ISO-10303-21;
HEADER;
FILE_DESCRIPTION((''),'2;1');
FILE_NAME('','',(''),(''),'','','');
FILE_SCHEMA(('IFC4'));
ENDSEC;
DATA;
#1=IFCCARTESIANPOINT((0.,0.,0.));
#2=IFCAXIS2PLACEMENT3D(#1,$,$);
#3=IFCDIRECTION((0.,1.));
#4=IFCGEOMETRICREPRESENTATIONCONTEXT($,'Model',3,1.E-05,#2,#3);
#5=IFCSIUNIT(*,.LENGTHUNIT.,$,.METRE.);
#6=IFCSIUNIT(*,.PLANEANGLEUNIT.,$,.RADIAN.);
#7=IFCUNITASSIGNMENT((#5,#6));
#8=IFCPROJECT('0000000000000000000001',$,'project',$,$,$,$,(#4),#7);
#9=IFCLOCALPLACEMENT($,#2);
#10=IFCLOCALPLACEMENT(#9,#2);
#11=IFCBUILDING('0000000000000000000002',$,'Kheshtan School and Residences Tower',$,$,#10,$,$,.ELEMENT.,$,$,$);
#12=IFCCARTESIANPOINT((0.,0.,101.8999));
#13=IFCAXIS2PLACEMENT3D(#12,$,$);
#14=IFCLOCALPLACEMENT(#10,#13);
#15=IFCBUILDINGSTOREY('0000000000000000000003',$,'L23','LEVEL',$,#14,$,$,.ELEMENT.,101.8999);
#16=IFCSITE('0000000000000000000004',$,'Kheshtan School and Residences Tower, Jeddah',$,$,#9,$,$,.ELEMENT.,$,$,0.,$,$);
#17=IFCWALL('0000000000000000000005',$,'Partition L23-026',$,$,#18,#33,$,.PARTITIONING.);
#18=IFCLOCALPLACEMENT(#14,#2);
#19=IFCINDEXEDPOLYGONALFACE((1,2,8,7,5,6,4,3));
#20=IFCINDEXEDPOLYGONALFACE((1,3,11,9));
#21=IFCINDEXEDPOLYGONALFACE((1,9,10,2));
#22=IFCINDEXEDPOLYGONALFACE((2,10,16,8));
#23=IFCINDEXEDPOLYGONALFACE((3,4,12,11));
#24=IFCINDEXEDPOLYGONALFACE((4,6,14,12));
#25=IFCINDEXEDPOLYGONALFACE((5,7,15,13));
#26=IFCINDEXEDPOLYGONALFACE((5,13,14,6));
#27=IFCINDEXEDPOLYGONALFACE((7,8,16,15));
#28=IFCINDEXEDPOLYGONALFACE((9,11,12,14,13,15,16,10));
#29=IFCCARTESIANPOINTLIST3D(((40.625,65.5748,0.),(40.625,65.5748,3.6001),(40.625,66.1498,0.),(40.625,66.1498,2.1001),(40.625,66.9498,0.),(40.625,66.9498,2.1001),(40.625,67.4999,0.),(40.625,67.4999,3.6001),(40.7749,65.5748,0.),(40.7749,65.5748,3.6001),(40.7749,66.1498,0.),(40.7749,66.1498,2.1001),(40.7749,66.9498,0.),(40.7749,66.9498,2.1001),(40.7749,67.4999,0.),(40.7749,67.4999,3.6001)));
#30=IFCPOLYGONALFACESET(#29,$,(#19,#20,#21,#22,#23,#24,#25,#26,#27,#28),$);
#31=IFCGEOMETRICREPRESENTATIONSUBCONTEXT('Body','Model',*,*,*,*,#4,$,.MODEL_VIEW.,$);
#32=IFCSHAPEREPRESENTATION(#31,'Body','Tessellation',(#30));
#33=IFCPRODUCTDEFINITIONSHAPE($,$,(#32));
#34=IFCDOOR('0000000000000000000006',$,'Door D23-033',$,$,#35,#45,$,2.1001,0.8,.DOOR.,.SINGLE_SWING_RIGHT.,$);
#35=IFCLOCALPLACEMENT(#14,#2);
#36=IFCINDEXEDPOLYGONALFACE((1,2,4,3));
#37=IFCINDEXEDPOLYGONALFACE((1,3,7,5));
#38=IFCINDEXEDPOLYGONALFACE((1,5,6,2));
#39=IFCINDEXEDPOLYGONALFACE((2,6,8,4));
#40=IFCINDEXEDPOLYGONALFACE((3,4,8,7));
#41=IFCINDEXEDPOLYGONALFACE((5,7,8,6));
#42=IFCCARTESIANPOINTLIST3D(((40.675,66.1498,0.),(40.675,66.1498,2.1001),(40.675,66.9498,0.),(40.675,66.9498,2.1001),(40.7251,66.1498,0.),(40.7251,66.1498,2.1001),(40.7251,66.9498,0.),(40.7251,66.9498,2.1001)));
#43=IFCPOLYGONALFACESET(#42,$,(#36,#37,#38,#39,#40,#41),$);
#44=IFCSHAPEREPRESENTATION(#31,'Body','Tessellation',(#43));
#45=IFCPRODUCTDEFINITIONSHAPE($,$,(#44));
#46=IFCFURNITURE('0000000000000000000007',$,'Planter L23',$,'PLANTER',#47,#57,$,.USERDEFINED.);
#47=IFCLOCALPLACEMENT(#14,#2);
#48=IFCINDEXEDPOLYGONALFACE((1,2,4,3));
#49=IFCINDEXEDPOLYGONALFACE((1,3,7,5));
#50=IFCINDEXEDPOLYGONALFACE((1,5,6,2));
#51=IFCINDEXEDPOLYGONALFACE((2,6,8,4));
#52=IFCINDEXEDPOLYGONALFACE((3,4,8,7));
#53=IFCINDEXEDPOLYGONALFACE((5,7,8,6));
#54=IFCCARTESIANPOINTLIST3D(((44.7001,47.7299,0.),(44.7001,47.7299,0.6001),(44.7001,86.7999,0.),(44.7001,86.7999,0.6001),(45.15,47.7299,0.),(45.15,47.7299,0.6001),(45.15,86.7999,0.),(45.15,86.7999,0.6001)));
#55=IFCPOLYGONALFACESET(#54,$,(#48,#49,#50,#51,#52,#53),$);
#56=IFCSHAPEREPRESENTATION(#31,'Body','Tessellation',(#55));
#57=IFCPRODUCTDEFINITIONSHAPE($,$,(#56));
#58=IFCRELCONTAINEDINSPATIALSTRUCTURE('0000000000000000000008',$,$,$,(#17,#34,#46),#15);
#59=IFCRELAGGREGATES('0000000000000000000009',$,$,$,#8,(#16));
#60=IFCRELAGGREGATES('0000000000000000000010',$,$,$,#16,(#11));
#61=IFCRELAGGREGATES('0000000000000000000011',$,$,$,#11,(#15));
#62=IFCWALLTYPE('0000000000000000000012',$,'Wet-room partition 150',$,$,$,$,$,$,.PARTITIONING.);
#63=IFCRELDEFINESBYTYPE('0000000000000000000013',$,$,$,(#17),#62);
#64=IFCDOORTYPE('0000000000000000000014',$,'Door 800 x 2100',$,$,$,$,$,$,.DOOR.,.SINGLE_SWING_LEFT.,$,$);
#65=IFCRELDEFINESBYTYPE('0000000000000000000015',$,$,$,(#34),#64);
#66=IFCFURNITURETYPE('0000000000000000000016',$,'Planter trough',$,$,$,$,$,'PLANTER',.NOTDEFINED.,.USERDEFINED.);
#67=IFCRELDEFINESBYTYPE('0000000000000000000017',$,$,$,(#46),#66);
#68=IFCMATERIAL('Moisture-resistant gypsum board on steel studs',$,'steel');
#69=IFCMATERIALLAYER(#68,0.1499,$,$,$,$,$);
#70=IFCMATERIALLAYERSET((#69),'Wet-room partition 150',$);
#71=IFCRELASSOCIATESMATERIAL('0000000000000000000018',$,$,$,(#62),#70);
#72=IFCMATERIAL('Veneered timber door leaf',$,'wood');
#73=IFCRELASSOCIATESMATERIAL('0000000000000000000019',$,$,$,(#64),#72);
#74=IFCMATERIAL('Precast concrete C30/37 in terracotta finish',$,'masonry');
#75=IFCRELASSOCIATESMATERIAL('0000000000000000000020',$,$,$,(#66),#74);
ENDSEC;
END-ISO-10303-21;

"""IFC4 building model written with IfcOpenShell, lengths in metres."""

from ifc_helpers import new_model, si_unit, direction, frame, frame_2d, origin, origin_2d, place, context, subcontext, project, spatial, rectangle, extrude, source, transform, mapped, material, layer, layer_set, type_object, element, fill, save


model = new_model("IFC4")

# Units and contexts
model_context = context("Model", 3, precision=1e-05, world=origin(), true_north=direction((0.0, 1.0)))
body_context = subcontext(model_context, "Body", "Model", "MODEL_VIEW")
ifc_project = project(units=[si_unit("LENGTHUNIT", "METRE"), si_unit("PLANEANGLEUNIT", "RADIAN")], contexts=[model_context])

# Site, building, storey
site_placement = place(None, origin())
site = spatial("IfcSite", under=ifc_project, at=site_placement, Name="Kheshtan School and Residences Tower, Jeddah", CompositionType="ELEMENT", RefElevation=0.0)
building_placement = place(site_placement, origin())
building = spatial("IfcBuilding", under=site, at=building_placement, Name="Kheshtan School and Residences Tower", CompositionType="ELEMENT")
storey_placement = place(building_placement, frame((0.0, 0.0, 101.8999)))
storey = spatial("IfcBuildingStorey", under=building, at=storey_placement, Name="L23", Description="LEVEL", CompositionType="ELEMENT", Elevation=101.8999)

# Wall, opening, door
ifc_material_1 = material(Name="Moisture-resistant gypsum board on steel studs", Category="steel")
ifc_layer_1 = layer(ifc_material_1, 0.1499)
ifc_layer_set_1 = layer_set([ifc_layer_1], Name="Wet-room partition 150")
wall_type_1 = type_object("IfcWallType", Name="Wet-room partition 150", PredefinedType="PARTITIONING", material=ifc_layer_set_1)
wall_1_placement = place(storey_placement, frame((40.7, 65.575, 0.0), z_axis=(0.0, 0.0, 1.0), x_axis=(0.0, 1.0, 0.0)))
wall_1 = element("IfcWall", 1, at=wall_1_placement, inside=storey, type_object=wall_type_1, Name="Partition L23-026", PredefinedType="PARTITIONING", context=body_context, shape_type="SweptSolid", body=[
    extrude(rectangle(XDim=1.925, YDim=0.1499, at=frame_2d((0.9624, 0.0))), origin(), (0.0, 0.0, 1.0), 3.6001),
])
opening_1_placement = place(wall_1_placement, frame((0.575, 0.0, 0.0)))
opening_1 = element("IfcOpeningElement", 2, at=opening_1_placement, cuts=wall_1, PredefinedType="OPENING", context=body_context, shape_type="SweptSolid", body=[
    extrude(rectangle(XDim=0.8, YDim=2.1001, at=frame_2d((0.3999, 1.05))), frame((0.0, 0.085, 0.0), z_axis=(0.0, -1.0, 0.0), x_axis=(1.0, 0.0, 0.0)), (0.0, 0.0, 1.0), 0.1699),
])
ifc_material_2 = material(Name="Veneered timber door leaf", Category="wood")
door_type_1 = type_object("IfcDoorType", Name="Door 800 x 2100", OperationType="SINGLE_SWING_LEFT", PredefinedType="DOOR", material=ifc_material_2)
shared_shape_1 = source(origin(), body_context, "Body", "SweptSolid", [
    extrude(rectangle(XDim=0.8, YDim=2.1001, at=frame_2d((0.3999, 1.05))), frame((0.0, 0.0249, 0.0), z_axis=(0.0, -1.0, 0.0), x_axis=(1.0, 0.0, 0.0)), (0.0, 0.0, 1.0), 0.05),
])
door_1_placement = place(opening_1_placement, origin())
door_1 = element("IfcDoor", 3, at=door_1_placement, inside=storey, type_object=door_type_1, Name="Door D23-033", OperationType="SINGLE_SWING_RIGHT", OverallHeight=2.1001, OverallWidth=0.8, PredefinedType="DOOR", context=body_context, shape_type="MappedRepresentation", body=[
    mapped(shared_shape_1, transform((0.0, 0.0, 0.0), x_axis=(1.0, 0.0, 0.0), y_axis=(0.0, 1.0, 0.0), z_axis=(0.0, 0.0, 1.0), scale=1.0)),
])
fill(opening_1, door_1)

# Furniture
ifc_material_3 = material(Name="Precast concrete C30/37 in terracotta finish", Category="masonry")
furniture_type = type_object("IfcFurnitureType", Name="Planter trough", ElementType="PLANTER", AssemblyPlace="NOTDEFINED", PredefinedType="USERDEFINED", material=ifc_material_3)
furniture_placement = place(storey_placement, frame((44.925, 67.2649, 0.0), z_axis=(0.0, 0.0, 1.0), x_axis=(0.0, -1.0, 0.0)))
element("IfcFurniture", 4, at=furniture_placement, inside=storey, type_object=furniture_type, Name="Planter L23", ObjectType="PLANTER", PredefinedType="USERDEFINED", context=body_context, shape_type="SweptSolid", body=[
    extrude(rectangle(XDim=39.0701, YDim=0.45, at=origin_2d()), origin(), (0.0, 0.0, 1.0), 0.6001),
])

save(model, "model.ifc")
